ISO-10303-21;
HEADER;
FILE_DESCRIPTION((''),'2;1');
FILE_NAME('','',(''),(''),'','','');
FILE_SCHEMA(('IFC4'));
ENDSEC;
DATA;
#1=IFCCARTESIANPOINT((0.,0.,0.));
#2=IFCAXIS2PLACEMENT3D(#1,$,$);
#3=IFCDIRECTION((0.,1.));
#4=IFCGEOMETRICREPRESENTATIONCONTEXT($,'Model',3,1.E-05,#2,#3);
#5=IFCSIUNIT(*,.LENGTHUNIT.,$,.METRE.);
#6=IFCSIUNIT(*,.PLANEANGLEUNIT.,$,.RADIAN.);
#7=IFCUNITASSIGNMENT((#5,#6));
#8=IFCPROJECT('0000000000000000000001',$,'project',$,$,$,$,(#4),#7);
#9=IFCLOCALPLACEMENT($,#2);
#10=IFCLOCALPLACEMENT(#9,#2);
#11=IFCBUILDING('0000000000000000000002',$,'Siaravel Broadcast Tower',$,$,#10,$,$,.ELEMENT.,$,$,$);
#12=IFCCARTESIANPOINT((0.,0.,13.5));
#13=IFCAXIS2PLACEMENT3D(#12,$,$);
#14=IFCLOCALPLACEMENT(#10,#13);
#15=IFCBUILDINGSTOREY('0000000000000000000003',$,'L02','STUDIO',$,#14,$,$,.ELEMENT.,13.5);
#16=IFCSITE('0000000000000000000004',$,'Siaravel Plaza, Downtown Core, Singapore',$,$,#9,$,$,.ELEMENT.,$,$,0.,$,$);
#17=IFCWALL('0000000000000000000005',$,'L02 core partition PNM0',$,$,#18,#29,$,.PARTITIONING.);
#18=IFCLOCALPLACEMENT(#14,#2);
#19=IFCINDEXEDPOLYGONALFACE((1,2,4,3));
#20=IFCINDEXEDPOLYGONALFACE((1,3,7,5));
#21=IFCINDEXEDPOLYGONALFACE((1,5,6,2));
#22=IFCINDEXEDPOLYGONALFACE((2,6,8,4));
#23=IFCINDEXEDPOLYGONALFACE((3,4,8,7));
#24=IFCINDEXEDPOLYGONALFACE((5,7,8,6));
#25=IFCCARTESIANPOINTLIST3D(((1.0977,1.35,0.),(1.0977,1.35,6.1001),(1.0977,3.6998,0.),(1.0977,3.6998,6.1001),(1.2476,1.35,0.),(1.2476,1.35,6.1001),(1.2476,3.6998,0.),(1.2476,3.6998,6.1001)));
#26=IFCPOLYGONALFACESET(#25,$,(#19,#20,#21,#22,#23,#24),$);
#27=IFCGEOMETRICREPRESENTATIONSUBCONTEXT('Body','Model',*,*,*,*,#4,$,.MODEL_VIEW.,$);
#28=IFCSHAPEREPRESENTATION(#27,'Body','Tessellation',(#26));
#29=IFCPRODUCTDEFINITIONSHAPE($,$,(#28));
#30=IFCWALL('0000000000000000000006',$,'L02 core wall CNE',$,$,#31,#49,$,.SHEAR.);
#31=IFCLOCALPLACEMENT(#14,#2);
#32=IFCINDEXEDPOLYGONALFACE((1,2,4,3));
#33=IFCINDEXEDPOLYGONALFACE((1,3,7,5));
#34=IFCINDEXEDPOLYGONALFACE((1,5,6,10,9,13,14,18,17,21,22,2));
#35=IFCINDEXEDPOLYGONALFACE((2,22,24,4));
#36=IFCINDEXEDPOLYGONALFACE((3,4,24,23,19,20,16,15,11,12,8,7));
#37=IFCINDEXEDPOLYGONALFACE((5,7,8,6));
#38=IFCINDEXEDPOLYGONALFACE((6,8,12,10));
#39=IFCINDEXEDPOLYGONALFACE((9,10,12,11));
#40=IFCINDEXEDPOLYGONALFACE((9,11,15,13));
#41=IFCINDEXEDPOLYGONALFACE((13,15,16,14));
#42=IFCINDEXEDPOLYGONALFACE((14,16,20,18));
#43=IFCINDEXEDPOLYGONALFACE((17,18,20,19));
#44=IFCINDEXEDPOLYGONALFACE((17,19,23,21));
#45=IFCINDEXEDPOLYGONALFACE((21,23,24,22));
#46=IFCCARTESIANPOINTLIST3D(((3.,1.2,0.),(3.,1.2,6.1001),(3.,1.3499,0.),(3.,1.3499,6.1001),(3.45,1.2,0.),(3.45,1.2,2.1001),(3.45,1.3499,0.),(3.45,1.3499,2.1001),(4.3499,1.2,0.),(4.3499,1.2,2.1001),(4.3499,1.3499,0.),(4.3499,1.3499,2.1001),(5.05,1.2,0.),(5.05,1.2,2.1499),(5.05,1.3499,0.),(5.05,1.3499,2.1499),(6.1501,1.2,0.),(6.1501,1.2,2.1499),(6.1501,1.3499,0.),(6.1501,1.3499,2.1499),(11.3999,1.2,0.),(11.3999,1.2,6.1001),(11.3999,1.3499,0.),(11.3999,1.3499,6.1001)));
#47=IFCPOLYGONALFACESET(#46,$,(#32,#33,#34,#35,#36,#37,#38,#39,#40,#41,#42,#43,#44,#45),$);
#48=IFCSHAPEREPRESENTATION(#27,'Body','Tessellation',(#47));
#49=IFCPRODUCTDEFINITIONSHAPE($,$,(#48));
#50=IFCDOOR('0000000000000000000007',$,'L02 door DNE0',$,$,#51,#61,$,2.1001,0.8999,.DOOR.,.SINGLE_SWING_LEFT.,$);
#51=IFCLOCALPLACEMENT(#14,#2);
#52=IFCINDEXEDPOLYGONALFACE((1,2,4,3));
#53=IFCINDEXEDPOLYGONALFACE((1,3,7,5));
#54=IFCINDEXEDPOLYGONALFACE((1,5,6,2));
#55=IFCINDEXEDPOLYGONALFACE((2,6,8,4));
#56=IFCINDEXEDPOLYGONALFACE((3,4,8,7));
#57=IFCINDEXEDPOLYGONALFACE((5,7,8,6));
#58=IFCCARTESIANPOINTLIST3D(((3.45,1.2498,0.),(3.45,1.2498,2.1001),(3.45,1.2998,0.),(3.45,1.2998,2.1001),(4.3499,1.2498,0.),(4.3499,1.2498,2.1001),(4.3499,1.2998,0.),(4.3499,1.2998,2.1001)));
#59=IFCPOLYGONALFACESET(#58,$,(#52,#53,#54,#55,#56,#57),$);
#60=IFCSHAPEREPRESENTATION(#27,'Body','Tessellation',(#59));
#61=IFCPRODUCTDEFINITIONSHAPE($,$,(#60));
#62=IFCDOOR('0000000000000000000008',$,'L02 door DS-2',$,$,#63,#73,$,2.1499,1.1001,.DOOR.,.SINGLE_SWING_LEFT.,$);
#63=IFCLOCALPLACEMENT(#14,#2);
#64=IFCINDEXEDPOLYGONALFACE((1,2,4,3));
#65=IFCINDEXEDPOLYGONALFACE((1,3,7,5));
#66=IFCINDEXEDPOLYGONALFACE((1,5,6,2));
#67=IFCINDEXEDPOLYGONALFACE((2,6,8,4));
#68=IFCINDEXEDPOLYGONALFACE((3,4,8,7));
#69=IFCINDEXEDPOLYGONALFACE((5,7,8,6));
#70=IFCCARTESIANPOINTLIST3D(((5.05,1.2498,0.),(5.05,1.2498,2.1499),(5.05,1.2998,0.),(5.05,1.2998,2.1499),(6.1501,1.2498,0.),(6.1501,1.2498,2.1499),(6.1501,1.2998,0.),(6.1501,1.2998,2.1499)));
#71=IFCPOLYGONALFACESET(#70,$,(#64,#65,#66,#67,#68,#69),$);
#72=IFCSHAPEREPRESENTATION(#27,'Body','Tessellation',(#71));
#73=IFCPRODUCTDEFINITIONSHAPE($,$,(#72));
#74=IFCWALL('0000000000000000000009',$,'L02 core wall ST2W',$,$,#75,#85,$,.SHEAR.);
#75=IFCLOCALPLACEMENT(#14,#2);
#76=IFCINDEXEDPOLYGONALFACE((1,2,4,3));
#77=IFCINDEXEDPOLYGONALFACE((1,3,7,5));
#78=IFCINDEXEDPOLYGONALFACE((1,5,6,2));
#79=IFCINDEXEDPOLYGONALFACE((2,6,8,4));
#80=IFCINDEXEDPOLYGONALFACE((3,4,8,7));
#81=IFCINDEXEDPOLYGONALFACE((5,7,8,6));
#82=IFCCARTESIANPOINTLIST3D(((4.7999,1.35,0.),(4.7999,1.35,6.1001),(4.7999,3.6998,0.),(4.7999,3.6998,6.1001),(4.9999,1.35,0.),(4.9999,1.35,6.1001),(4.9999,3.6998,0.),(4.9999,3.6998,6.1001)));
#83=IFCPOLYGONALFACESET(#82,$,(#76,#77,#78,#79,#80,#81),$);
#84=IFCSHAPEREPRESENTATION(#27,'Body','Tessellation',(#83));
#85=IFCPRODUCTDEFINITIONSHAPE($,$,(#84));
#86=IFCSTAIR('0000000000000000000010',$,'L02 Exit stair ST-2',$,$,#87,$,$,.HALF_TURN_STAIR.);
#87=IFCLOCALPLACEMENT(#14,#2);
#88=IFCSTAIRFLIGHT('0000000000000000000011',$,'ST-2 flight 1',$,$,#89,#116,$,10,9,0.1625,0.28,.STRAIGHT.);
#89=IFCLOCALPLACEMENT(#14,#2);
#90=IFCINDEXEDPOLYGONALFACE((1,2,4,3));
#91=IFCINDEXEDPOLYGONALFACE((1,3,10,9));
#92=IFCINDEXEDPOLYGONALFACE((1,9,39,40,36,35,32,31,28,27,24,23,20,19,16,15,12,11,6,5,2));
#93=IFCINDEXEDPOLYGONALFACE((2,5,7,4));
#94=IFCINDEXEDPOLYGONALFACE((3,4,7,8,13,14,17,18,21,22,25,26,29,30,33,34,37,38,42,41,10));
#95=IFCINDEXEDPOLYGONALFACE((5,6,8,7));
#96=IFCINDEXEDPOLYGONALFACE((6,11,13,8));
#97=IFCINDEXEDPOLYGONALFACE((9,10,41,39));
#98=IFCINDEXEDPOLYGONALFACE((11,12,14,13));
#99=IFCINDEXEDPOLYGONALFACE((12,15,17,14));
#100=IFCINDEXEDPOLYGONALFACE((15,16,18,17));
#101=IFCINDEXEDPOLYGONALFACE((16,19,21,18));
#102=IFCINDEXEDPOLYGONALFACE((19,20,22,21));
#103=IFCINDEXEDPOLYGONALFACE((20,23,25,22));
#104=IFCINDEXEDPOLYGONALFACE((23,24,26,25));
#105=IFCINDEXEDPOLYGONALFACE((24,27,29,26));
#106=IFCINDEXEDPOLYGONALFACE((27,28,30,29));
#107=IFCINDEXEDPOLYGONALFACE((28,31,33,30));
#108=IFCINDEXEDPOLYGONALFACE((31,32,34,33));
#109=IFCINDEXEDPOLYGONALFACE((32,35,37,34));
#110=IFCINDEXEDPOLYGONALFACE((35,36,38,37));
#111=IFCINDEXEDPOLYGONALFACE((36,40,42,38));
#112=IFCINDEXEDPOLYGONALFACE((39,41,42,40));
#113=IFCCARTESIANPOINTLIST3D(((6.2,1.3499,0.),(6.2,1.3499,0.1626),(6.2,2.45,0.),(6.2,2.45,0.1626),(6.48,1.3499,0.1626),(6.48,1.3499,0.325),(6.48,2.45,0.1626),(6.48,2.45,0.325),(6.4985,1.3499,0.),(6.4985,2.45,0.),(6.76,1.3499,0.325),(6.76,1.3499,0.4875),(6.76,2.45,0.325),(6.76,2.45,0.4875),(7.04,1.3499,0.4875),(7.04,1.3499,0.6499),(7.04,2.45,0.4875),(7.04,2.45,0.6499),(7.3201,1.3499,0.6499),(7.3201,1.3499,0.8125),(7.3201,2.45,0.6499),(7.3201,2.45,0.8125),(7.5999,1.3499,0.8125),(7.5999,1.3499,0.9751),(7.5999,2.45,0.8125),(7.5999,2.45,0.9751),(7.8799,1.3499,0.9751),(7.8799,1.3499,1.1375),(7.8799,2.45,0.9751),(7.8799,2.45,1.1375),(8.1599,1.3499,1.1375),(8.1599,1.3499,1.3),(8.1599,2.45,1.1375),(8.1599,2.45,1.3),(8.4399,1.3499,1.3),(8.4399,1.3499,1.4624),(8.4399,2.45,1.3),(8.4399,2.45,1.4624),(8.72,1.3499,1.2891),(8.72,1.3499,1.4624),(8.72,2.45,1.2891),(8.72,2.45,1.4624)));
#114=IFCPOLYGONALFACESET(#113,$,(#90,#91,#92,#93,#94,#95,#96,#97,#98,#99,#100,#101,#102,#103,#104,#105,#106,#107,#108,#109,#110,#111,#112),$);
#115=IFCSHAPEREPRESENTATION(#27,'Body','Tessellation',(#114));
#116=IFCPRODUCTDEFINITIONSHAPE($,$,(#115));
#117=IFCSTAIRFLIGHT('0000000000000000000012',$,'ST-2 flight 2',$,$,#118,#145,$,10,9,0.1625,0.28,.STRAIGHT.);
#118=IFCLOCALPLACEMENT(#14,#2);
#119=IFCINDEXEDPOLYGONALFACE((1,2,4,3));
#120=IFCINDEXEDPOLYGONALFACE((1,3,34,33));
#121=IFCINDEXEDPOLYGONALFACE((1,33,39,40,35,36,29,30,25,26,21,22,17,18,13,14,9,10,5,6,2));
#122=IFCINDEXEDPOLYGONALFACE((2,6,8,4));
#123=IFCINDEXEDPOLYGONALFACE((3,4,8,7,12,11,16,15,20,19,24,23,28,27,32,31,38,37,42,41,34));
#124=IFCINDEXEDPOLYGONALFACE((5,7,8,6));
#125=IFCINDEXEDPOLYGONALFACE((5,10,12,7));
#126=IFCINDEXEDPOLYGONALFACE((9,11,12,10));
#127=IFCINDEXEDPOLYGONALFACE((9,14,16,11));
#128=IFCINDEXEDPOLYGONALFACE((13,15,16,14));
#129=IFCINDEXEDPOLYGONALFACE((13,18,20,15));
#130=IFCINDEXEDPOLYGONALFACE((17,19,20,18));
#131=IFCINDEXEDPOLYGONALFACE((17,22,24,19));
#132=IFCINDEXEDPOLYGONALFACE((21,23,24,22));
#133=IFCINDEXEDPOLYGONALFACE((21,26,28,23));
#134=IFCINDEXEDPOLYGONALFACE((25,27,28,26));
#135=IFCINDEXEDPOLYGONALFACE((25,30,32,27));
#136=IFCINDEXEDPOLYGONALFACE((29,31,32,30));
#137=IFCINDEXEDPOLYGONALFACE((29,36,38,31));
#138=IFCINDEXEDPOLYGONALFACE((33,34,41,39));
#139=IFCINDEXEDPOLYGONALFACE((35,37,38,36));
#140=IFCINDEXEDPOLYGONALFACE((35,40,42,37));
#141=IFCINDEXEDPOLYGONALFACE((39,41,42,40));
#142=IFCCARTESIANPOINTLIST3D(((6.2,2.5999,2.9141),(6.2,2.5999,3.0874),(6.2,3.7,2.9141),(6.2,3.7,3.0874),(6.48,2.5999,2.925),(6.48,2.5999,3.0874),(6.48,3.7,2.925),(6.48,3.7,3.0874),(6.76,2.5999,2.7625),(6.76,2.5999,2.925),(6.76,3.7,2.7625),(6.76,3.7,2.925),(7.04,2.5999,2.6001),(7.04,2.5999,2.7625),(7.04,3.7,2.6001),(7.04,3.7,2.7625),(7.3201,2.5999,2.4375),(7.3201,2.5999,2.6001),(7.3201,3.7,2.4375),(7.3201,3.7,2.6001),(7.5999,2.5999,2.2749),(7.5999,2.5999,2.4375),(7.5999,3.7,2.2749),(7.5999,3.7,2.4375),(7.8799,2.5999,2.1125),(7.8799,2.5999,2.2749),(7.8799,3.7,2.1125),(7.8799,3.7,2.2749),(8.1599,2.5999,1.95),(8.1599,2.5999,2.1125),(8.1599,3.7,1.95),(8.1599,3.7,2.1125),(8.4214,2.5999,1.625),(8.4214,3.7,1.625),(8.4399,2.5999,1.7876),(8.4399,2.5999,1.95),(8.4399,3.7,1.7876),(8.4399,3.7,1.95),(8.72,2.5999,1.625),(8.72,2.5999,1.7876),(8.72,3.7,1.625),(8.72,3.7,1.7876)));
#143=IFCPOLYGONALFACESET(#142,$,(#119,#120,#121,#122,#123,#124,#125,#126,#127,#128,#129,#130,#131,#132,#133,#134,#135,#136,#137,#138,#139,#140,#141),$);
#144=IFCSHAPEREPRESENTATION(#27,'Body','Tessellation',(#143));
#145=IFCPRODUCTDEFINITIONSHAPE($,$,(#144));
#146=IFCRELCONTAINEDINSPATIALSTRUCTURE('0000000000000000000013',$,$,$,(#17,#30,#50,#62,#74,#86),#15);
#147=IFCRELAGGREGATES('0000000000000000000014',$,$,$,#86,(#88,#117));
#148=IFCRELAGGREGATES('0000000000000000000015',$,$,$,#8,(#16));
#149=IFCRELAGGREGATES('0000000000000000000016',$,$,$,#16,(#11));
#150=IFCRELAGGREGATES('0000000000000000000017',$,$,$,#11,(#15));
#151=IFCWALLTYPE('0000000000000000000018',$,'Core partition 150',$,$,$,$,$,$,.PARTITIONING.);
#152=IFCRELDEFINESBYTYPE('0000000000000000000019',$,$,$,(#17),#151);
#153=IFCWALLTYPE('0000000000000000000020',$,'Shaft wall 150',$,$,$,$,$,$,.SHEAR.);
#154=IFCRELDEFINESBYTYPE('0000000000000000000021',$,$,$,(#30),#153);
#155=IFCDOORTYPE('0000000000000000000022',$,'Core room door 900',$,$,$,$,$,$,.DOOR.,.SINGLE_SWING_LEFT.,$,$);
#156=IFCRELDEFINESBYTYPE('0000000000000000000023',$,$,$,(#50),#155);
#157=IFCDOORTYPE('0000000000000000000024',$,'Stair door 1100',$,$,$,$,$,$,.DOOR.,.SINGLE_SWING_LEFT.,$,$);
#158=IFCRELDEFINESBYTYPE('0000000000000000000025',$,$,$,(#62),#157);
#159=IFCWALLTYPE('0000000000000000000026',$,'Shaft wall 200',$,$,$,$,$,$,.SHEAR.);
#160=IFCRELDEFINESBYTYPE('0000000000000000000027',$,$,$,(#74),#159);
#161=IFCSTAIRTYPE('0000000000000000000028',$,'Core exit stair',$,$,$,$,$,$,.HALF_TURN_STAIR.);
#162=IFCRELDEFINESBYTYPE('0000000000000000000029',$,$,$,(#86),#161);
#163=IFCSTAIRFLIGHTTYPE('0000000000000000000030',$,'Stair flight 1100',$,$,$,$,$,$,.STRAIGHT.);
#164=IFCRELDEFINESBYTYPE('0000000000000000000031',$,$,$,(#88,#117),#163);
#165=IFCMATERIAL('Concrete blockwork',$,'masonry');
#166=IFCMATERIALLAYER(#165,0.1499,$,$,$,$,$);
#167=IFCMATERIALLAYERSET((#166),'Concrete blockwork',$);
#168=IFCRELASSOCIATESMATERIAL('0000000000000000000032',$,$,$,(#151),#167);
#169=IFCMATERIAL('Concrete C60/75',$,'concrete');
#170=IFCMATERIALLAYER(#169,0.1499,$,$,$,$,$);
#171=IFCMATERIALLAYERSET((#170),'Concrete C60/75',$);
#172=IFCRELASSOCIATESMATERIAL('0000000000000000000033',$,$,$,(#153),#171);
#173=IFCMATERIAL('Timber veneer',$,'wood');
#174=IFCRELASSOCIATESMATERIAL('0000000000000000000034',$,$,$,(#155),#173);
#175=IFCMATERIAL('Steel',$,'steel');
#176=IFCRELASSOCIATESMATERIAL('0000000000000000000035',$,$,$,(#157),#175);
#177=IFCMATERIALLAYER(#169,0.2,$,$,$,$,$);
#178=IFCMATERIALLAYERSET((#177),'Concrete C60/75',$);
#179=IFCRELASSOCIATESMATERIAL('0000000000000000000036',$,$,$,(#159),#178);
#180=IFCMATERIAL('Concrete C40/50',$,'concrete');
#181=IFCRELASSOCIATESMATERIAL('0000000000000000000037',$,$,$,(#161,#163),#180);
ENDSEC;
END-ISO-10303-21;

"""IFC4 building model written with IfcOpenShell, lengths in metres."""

from ifc_helpers import new_model, si_unit, direction, frame, frame_2d, origin, place, context, subcontext, project, spatial, polyline, rectangle, outline, extrude, material, layer, layer_set, type_object, element, fill, aggregate, save


model = new_model("IFC4")

# Units and contexts
model_context = context("Model", 3, precision=1e-05, world=origin(), true_north=direction((0.0, 1.0)))
body_context = subcontext(model_context, "Body", "Model", "MODEL_VIEW")
ifc_project = project(units=[si_unit("LENGTHUNIT", "METRE"), si_unit("PLANEANGLEUNIT", "RADIAN")], contexts=[model_context])

# Site, building, storey
site_placement = place(None, origin())
site = spatial("IfcSite", under=ifc_project, at=site_placement, Name="Siaravel Plaza, Downtown Core, Singapore", CompositionType="ELEMENT", RefElevation=0.0)
building_placement = place(site_placement, origin())
building = spatial("IfcBuilding", under=site, at=building_placement, Name="Siaravel Broadcast Tower", CompositionType="ELEMENT")
storey_placement = place(building_placement, frame((0.0, 0.0, 13.5)))
storey = spatial("IfcBuildingStorey", under=building, at=storey_placement, Name="L02", Description="STUDIO", CompositionType="ELEMENT", Elevation=13.5)

# Wall
ifc_material_1 = material(Name="Concrete blockwork", Category="masonry")
ifc_layer_1 = layer(ifc_material_1, 0.1499)
ifc_layer_set_1 = layer_set([ifc_layer_1], Name="Concrete blockwork")
wall_type_1 = type_object("IfcWallType", Name="Core partition 150", PredefinedType="PARTITIONING", material=ifc_layer_set_1)
wall_1_placement = place(storey_placement, frame((1.1726, 1.3501, 0.0), z_axis=(0.0, 0.0, 1.0), x_axis=(0.0, 1.0, 0.0)))
element("IfcWall", 1, at=wall_1_placement, inside=storey, type_object=wall_type_1, Name="L02 core partition PNM0", PredefinedType="PARTITIONING", context=body_context, shape_type="SweptSolid", body=[
    extrude(rectangle(XDim=2.3499, YDim=0.1499, at=frame_2d((1.1748, 0.0))), origin(), (0.0, 0.0, 1.0), 6.1001),
])

# Wall, openings, doors
ifc_material_2 = material(Name="Concrete C60/75", Category="concrete")
ifc_layer_2 = layer(ifc_material_2, 0.1499)
ifc_layer_set_2 = layer_set([ifc_layer_2], Name="Concrete C60/75")
wall_type_2 = type_object("IfcWallType", Name="Shaft wall 150", PredefinedType="SHEAR", material=ifc_layer_set_2)
wall_2_placement = place(storey_placement, frame((3.0, 1.2749, 0.0), z_axis=(0.0, 0.0, 1.0), x_axis=(1.0, 0.0, 0.0)))
wall_2 = element("IfcWall", 2, at=wall_2_placement, inside=storey, type_object=wall_type_2, Name="L02 core wall CNE", PredefinedType="SHEAR", context=body_context, shape_type="SweptSolid", body=[
    extrude(rectangle(XDim=8.3999, YDim=0.1499, at=frame_2d((4.2, 0.0))), origin(), (0.0, 0.0, 1.0), 6.1001),
])
opening_1_placement = place(wall_2_placement, frame((2.05, 0.0, 0.0)))
opening_1 = element("IfcOpeningElement", 3, at=opening_1_placement, cuts=wall_2, PredefinedType="OPENING", context=body_context, shape_type="SweptSolid", body=[
    extrude(rectangle(XDim=1.1001, YDim=2.1499, at=frame_2d((0.55, 1.075))), frame((0.0, 0.085, 0.0), z_axis=(0.0, -1.0, 0.0), x_axis=(1.0, 0.0, 0.0)), (0.0, 0.0, 1.0), 0.1699),
])
opening_2_placement = place(wall_2_placement, frame((0.45, 0.0, 0.0)))
opening_2 = element("IfcOpeningElement", 4, at=opening_2_placement, cuts=wall_2, PredefinedType="OPENING", context=body_context, shape_type="SweptSolid", body=[
    extrude(rectangle(XDim=0.8999, YDim=2.1001, at=frame_2d((0.45, 1.05))), frame((0.0, 0.085, 0.0), z_axis=(0.0, -1.0, 0.0), x_axis=(1.0, 0.0, 0.0)), (0.0, 0.0, 1.0), 0.1699),
])
ifc_material_3 = material(Name="Timber veneer", Category="wood")
door_type_1 = type_object("IfcDoorType", Name="Core room door 900", OperationType="SINGLE_SWING_LEFT", PredefinedType="DOOR", material=ifc_material_3)
door_1_placement = place(opening_2_placement, origin())
door_1 = element("IfcDoor", 5, at=door_1_placement, inside=storey, type_object=door_type_1, Name="L02 door DNE0", OperationType="SINGLE_SWING_LEFT", OverallHeight=2.1001, OverallWidth=0.8999, PredefinedType="DOOR", context=body_context, shape_type="SweptSolid", body=[
    extrude(rectangle(XDim=0.8999, YDim=2.1001, at=frame_2d((0.45, 1.05))), frame((0.0, 0.0249, 0.0), z_axis=(0.0, -1.0, 0.0), x_axis=(1.0, 0.0, 0.0)), (0.0, 0.0, 1.0), 0.05),
])
fill(opening_2, door_1)
ifc_material_4 = material(Name="Steel", Category="steel")
door_type_2 = type_object("IfcDoorType", Name="Stair door 1100", OperationType="SINGLE_SWING_LEFT", PredefinedType="DOOR", material=ifc_material_4)
door_2_placement = place(opening_1_placement, origin())
door_2 = element("IfcDoor", 6, at=door_2_placement, inside=storey, type_object=door_type_2, Name="L02 door DS-2", OperationType="SINGLE_SWING_LEFT", OverallHeight=2.1499, OverallWidth=1.1001, PredefinedType="DOOR", context=body_context, shape_type="SweptSolid", body=[
    extrude(rectangle(XDim=1.1001, YDim=2.1499, at=frame_2d((0.55, 1.075))), frame((0.0, 0.0249, 0.0), z_axis=(0.0, -1.0, 0.0), x_axis=(1.0, 0.0, 0.0)), (0.0, 0.0, 1.0), 0.05),
])
fill(opening_1, door_2)

# Wall
ifc_layer_3 = layer(ifc_material_2, 0.2)
ifc_layer_set_3 = layer_set([ifc_layer_3], Name="Concrete C60/75")
wall_type_3 = type_object("IfcWallType", Name="Shaft wall 200", PredefinedType="SHEAR", material=ifc_layer_set_3)
wall_3_placement = place(storey_placement, frame((4.8999, 1.3501, 0.0), z_axis=(0.0, 0.0, 1.0), x_axis=(0.0, 1.0, 0.0)))
element("IfcWall", 7, at=wall_3_placement, inside=storey, type_object=wall_type_3, Name="L02 core wall ST2W", PredefinedType="SHEAR", context=body_context, shape_type="SweptSolid", body=[
    extrude(rectangle(XDim=2.3499, YDim=0.2, at=frame_2d((1.1748, 0.0))), origin(), (0.0, 0.0, 1.0), 6.1001),
])

# Stair, stair flights
ifc_material_5 = material(Name="Concrete C40/50", Category="concrete")
stair_type = type_object("IfcStairType", Name="Core exit stair", PredefinedType="HALF_TURN_STAIR", material=ifc_material_5)
stair_placement = place(storey_placement, origin())
stair = element("IfcStair", 8, at=stair_placement, inside=storey, type_object=stair_type, Name="L02 Exit stair ST-2", PredefinedType="HALF_TURN_STAIR")
stair_flight_type = type_object("IfcStairFlightType", Name="Stair flight 1100", PredefinedType="STRAIGHT", material=ifc_material_5)
stair_flight_1_placement = place(storey_placement, frame((6.2, 1.8999, 0.0), z_axis=(0.0, 0.0, 1.0), x_axis=(1.0, 0.0, 0.0)))
stair_flight_1 = element("IfcStairFlight", 9, at=stair_flight_1_placement, type_object=stair_flight_type, Name="ST-2 flight 1", NumberOfRisers=10, NumberOfTreads=9, PredefinedType="STRAIGHT", RiserHeight=0.1625, TreadLength=0.28, context=body_context, shape_type="SweptSolid", body=[
    extrude(outline(polyline([(0.0, 0.0), (0.0, 0.1626), (0.28, 0.1626), (0.28, 0.325), (0.5601, 0.325), (0.5601, 0.4875), (0.8401, 0.4875), (0.8401, 0.6499), (1.1201, 0.6499), (1.1201, 0.8125), (1.3999, 0.8125), (1.3999, 0.9751), (1.6799, 0.9751), (1.6799, 1.1375), (1.96, 1.1375), (1.96, 1.3), (2.24, 1.3), (2.24, 1.4624), (2.52, 1.4624), (2.52, 1.625), (2.52, 1.2891), (0.2986, 0.0), (0.0, 0.0)])), frame((0.0, 0.55, 0.0), z_axis=(0.0, -1.0, 0.0), x_axis=(1.0, 0.0, 0.0)), (0.0, 0.0, 1.0), 1.1001),
])
stair_flight_2_placement = place(storey_placement, frame((8.72, 3.1499, 1.625), z_axis=(0.0, 0.0, 1.0), x_axis=(-1.0, 0.0, 0.0)))
stair_flight_2 = element("IfcStairFlight", 10, at=stair_flight_2_placement, type_object=stair_flight_type, Name="ST-2 flight 2", NumberOfRisers=10, NumberOfTreads=9, PredefinedType="STRAIGHT", RiserHeight=0.1625, TreadLength=0.28, context=body_context, shape_type="SweptSolid", body=[
    extrude(outline(polyline([(0.0, 0.0), (0.0, 0.1626), (0.28, 0.1626), (0.28, 0.325), (0.5601, 0.325), (0.5601, 0.4875), (0.8401, 0.4875), (0.8401, 0.6499), (1.1201, 0.6499), (1.1201, 0.8125), (1.3999, 0.8125), (1.3999, 0.9751), (1.6799, 0.9751), (1.6799, 1.1375), (1.96, 1.1375), (1.96, 1.3), (2.24, 1.3), (2.24, 1.4624), (2.52, 1.4624), (2.52, 1.625), (2.52, 1.2891), (0.2986, 0.0), (0.0, 0.0)])), frame((0.0, 0.55, 0.0), z_axis=(0.0, -1.0, 0.0), x_axis=(1.0, 0.0, 0.0)), (0.0, 0.0, 1.0), 1.1001),
])
aggregate(stair, [stair_flight_1, stair_flight_2])

save(model, "model.ifc")
